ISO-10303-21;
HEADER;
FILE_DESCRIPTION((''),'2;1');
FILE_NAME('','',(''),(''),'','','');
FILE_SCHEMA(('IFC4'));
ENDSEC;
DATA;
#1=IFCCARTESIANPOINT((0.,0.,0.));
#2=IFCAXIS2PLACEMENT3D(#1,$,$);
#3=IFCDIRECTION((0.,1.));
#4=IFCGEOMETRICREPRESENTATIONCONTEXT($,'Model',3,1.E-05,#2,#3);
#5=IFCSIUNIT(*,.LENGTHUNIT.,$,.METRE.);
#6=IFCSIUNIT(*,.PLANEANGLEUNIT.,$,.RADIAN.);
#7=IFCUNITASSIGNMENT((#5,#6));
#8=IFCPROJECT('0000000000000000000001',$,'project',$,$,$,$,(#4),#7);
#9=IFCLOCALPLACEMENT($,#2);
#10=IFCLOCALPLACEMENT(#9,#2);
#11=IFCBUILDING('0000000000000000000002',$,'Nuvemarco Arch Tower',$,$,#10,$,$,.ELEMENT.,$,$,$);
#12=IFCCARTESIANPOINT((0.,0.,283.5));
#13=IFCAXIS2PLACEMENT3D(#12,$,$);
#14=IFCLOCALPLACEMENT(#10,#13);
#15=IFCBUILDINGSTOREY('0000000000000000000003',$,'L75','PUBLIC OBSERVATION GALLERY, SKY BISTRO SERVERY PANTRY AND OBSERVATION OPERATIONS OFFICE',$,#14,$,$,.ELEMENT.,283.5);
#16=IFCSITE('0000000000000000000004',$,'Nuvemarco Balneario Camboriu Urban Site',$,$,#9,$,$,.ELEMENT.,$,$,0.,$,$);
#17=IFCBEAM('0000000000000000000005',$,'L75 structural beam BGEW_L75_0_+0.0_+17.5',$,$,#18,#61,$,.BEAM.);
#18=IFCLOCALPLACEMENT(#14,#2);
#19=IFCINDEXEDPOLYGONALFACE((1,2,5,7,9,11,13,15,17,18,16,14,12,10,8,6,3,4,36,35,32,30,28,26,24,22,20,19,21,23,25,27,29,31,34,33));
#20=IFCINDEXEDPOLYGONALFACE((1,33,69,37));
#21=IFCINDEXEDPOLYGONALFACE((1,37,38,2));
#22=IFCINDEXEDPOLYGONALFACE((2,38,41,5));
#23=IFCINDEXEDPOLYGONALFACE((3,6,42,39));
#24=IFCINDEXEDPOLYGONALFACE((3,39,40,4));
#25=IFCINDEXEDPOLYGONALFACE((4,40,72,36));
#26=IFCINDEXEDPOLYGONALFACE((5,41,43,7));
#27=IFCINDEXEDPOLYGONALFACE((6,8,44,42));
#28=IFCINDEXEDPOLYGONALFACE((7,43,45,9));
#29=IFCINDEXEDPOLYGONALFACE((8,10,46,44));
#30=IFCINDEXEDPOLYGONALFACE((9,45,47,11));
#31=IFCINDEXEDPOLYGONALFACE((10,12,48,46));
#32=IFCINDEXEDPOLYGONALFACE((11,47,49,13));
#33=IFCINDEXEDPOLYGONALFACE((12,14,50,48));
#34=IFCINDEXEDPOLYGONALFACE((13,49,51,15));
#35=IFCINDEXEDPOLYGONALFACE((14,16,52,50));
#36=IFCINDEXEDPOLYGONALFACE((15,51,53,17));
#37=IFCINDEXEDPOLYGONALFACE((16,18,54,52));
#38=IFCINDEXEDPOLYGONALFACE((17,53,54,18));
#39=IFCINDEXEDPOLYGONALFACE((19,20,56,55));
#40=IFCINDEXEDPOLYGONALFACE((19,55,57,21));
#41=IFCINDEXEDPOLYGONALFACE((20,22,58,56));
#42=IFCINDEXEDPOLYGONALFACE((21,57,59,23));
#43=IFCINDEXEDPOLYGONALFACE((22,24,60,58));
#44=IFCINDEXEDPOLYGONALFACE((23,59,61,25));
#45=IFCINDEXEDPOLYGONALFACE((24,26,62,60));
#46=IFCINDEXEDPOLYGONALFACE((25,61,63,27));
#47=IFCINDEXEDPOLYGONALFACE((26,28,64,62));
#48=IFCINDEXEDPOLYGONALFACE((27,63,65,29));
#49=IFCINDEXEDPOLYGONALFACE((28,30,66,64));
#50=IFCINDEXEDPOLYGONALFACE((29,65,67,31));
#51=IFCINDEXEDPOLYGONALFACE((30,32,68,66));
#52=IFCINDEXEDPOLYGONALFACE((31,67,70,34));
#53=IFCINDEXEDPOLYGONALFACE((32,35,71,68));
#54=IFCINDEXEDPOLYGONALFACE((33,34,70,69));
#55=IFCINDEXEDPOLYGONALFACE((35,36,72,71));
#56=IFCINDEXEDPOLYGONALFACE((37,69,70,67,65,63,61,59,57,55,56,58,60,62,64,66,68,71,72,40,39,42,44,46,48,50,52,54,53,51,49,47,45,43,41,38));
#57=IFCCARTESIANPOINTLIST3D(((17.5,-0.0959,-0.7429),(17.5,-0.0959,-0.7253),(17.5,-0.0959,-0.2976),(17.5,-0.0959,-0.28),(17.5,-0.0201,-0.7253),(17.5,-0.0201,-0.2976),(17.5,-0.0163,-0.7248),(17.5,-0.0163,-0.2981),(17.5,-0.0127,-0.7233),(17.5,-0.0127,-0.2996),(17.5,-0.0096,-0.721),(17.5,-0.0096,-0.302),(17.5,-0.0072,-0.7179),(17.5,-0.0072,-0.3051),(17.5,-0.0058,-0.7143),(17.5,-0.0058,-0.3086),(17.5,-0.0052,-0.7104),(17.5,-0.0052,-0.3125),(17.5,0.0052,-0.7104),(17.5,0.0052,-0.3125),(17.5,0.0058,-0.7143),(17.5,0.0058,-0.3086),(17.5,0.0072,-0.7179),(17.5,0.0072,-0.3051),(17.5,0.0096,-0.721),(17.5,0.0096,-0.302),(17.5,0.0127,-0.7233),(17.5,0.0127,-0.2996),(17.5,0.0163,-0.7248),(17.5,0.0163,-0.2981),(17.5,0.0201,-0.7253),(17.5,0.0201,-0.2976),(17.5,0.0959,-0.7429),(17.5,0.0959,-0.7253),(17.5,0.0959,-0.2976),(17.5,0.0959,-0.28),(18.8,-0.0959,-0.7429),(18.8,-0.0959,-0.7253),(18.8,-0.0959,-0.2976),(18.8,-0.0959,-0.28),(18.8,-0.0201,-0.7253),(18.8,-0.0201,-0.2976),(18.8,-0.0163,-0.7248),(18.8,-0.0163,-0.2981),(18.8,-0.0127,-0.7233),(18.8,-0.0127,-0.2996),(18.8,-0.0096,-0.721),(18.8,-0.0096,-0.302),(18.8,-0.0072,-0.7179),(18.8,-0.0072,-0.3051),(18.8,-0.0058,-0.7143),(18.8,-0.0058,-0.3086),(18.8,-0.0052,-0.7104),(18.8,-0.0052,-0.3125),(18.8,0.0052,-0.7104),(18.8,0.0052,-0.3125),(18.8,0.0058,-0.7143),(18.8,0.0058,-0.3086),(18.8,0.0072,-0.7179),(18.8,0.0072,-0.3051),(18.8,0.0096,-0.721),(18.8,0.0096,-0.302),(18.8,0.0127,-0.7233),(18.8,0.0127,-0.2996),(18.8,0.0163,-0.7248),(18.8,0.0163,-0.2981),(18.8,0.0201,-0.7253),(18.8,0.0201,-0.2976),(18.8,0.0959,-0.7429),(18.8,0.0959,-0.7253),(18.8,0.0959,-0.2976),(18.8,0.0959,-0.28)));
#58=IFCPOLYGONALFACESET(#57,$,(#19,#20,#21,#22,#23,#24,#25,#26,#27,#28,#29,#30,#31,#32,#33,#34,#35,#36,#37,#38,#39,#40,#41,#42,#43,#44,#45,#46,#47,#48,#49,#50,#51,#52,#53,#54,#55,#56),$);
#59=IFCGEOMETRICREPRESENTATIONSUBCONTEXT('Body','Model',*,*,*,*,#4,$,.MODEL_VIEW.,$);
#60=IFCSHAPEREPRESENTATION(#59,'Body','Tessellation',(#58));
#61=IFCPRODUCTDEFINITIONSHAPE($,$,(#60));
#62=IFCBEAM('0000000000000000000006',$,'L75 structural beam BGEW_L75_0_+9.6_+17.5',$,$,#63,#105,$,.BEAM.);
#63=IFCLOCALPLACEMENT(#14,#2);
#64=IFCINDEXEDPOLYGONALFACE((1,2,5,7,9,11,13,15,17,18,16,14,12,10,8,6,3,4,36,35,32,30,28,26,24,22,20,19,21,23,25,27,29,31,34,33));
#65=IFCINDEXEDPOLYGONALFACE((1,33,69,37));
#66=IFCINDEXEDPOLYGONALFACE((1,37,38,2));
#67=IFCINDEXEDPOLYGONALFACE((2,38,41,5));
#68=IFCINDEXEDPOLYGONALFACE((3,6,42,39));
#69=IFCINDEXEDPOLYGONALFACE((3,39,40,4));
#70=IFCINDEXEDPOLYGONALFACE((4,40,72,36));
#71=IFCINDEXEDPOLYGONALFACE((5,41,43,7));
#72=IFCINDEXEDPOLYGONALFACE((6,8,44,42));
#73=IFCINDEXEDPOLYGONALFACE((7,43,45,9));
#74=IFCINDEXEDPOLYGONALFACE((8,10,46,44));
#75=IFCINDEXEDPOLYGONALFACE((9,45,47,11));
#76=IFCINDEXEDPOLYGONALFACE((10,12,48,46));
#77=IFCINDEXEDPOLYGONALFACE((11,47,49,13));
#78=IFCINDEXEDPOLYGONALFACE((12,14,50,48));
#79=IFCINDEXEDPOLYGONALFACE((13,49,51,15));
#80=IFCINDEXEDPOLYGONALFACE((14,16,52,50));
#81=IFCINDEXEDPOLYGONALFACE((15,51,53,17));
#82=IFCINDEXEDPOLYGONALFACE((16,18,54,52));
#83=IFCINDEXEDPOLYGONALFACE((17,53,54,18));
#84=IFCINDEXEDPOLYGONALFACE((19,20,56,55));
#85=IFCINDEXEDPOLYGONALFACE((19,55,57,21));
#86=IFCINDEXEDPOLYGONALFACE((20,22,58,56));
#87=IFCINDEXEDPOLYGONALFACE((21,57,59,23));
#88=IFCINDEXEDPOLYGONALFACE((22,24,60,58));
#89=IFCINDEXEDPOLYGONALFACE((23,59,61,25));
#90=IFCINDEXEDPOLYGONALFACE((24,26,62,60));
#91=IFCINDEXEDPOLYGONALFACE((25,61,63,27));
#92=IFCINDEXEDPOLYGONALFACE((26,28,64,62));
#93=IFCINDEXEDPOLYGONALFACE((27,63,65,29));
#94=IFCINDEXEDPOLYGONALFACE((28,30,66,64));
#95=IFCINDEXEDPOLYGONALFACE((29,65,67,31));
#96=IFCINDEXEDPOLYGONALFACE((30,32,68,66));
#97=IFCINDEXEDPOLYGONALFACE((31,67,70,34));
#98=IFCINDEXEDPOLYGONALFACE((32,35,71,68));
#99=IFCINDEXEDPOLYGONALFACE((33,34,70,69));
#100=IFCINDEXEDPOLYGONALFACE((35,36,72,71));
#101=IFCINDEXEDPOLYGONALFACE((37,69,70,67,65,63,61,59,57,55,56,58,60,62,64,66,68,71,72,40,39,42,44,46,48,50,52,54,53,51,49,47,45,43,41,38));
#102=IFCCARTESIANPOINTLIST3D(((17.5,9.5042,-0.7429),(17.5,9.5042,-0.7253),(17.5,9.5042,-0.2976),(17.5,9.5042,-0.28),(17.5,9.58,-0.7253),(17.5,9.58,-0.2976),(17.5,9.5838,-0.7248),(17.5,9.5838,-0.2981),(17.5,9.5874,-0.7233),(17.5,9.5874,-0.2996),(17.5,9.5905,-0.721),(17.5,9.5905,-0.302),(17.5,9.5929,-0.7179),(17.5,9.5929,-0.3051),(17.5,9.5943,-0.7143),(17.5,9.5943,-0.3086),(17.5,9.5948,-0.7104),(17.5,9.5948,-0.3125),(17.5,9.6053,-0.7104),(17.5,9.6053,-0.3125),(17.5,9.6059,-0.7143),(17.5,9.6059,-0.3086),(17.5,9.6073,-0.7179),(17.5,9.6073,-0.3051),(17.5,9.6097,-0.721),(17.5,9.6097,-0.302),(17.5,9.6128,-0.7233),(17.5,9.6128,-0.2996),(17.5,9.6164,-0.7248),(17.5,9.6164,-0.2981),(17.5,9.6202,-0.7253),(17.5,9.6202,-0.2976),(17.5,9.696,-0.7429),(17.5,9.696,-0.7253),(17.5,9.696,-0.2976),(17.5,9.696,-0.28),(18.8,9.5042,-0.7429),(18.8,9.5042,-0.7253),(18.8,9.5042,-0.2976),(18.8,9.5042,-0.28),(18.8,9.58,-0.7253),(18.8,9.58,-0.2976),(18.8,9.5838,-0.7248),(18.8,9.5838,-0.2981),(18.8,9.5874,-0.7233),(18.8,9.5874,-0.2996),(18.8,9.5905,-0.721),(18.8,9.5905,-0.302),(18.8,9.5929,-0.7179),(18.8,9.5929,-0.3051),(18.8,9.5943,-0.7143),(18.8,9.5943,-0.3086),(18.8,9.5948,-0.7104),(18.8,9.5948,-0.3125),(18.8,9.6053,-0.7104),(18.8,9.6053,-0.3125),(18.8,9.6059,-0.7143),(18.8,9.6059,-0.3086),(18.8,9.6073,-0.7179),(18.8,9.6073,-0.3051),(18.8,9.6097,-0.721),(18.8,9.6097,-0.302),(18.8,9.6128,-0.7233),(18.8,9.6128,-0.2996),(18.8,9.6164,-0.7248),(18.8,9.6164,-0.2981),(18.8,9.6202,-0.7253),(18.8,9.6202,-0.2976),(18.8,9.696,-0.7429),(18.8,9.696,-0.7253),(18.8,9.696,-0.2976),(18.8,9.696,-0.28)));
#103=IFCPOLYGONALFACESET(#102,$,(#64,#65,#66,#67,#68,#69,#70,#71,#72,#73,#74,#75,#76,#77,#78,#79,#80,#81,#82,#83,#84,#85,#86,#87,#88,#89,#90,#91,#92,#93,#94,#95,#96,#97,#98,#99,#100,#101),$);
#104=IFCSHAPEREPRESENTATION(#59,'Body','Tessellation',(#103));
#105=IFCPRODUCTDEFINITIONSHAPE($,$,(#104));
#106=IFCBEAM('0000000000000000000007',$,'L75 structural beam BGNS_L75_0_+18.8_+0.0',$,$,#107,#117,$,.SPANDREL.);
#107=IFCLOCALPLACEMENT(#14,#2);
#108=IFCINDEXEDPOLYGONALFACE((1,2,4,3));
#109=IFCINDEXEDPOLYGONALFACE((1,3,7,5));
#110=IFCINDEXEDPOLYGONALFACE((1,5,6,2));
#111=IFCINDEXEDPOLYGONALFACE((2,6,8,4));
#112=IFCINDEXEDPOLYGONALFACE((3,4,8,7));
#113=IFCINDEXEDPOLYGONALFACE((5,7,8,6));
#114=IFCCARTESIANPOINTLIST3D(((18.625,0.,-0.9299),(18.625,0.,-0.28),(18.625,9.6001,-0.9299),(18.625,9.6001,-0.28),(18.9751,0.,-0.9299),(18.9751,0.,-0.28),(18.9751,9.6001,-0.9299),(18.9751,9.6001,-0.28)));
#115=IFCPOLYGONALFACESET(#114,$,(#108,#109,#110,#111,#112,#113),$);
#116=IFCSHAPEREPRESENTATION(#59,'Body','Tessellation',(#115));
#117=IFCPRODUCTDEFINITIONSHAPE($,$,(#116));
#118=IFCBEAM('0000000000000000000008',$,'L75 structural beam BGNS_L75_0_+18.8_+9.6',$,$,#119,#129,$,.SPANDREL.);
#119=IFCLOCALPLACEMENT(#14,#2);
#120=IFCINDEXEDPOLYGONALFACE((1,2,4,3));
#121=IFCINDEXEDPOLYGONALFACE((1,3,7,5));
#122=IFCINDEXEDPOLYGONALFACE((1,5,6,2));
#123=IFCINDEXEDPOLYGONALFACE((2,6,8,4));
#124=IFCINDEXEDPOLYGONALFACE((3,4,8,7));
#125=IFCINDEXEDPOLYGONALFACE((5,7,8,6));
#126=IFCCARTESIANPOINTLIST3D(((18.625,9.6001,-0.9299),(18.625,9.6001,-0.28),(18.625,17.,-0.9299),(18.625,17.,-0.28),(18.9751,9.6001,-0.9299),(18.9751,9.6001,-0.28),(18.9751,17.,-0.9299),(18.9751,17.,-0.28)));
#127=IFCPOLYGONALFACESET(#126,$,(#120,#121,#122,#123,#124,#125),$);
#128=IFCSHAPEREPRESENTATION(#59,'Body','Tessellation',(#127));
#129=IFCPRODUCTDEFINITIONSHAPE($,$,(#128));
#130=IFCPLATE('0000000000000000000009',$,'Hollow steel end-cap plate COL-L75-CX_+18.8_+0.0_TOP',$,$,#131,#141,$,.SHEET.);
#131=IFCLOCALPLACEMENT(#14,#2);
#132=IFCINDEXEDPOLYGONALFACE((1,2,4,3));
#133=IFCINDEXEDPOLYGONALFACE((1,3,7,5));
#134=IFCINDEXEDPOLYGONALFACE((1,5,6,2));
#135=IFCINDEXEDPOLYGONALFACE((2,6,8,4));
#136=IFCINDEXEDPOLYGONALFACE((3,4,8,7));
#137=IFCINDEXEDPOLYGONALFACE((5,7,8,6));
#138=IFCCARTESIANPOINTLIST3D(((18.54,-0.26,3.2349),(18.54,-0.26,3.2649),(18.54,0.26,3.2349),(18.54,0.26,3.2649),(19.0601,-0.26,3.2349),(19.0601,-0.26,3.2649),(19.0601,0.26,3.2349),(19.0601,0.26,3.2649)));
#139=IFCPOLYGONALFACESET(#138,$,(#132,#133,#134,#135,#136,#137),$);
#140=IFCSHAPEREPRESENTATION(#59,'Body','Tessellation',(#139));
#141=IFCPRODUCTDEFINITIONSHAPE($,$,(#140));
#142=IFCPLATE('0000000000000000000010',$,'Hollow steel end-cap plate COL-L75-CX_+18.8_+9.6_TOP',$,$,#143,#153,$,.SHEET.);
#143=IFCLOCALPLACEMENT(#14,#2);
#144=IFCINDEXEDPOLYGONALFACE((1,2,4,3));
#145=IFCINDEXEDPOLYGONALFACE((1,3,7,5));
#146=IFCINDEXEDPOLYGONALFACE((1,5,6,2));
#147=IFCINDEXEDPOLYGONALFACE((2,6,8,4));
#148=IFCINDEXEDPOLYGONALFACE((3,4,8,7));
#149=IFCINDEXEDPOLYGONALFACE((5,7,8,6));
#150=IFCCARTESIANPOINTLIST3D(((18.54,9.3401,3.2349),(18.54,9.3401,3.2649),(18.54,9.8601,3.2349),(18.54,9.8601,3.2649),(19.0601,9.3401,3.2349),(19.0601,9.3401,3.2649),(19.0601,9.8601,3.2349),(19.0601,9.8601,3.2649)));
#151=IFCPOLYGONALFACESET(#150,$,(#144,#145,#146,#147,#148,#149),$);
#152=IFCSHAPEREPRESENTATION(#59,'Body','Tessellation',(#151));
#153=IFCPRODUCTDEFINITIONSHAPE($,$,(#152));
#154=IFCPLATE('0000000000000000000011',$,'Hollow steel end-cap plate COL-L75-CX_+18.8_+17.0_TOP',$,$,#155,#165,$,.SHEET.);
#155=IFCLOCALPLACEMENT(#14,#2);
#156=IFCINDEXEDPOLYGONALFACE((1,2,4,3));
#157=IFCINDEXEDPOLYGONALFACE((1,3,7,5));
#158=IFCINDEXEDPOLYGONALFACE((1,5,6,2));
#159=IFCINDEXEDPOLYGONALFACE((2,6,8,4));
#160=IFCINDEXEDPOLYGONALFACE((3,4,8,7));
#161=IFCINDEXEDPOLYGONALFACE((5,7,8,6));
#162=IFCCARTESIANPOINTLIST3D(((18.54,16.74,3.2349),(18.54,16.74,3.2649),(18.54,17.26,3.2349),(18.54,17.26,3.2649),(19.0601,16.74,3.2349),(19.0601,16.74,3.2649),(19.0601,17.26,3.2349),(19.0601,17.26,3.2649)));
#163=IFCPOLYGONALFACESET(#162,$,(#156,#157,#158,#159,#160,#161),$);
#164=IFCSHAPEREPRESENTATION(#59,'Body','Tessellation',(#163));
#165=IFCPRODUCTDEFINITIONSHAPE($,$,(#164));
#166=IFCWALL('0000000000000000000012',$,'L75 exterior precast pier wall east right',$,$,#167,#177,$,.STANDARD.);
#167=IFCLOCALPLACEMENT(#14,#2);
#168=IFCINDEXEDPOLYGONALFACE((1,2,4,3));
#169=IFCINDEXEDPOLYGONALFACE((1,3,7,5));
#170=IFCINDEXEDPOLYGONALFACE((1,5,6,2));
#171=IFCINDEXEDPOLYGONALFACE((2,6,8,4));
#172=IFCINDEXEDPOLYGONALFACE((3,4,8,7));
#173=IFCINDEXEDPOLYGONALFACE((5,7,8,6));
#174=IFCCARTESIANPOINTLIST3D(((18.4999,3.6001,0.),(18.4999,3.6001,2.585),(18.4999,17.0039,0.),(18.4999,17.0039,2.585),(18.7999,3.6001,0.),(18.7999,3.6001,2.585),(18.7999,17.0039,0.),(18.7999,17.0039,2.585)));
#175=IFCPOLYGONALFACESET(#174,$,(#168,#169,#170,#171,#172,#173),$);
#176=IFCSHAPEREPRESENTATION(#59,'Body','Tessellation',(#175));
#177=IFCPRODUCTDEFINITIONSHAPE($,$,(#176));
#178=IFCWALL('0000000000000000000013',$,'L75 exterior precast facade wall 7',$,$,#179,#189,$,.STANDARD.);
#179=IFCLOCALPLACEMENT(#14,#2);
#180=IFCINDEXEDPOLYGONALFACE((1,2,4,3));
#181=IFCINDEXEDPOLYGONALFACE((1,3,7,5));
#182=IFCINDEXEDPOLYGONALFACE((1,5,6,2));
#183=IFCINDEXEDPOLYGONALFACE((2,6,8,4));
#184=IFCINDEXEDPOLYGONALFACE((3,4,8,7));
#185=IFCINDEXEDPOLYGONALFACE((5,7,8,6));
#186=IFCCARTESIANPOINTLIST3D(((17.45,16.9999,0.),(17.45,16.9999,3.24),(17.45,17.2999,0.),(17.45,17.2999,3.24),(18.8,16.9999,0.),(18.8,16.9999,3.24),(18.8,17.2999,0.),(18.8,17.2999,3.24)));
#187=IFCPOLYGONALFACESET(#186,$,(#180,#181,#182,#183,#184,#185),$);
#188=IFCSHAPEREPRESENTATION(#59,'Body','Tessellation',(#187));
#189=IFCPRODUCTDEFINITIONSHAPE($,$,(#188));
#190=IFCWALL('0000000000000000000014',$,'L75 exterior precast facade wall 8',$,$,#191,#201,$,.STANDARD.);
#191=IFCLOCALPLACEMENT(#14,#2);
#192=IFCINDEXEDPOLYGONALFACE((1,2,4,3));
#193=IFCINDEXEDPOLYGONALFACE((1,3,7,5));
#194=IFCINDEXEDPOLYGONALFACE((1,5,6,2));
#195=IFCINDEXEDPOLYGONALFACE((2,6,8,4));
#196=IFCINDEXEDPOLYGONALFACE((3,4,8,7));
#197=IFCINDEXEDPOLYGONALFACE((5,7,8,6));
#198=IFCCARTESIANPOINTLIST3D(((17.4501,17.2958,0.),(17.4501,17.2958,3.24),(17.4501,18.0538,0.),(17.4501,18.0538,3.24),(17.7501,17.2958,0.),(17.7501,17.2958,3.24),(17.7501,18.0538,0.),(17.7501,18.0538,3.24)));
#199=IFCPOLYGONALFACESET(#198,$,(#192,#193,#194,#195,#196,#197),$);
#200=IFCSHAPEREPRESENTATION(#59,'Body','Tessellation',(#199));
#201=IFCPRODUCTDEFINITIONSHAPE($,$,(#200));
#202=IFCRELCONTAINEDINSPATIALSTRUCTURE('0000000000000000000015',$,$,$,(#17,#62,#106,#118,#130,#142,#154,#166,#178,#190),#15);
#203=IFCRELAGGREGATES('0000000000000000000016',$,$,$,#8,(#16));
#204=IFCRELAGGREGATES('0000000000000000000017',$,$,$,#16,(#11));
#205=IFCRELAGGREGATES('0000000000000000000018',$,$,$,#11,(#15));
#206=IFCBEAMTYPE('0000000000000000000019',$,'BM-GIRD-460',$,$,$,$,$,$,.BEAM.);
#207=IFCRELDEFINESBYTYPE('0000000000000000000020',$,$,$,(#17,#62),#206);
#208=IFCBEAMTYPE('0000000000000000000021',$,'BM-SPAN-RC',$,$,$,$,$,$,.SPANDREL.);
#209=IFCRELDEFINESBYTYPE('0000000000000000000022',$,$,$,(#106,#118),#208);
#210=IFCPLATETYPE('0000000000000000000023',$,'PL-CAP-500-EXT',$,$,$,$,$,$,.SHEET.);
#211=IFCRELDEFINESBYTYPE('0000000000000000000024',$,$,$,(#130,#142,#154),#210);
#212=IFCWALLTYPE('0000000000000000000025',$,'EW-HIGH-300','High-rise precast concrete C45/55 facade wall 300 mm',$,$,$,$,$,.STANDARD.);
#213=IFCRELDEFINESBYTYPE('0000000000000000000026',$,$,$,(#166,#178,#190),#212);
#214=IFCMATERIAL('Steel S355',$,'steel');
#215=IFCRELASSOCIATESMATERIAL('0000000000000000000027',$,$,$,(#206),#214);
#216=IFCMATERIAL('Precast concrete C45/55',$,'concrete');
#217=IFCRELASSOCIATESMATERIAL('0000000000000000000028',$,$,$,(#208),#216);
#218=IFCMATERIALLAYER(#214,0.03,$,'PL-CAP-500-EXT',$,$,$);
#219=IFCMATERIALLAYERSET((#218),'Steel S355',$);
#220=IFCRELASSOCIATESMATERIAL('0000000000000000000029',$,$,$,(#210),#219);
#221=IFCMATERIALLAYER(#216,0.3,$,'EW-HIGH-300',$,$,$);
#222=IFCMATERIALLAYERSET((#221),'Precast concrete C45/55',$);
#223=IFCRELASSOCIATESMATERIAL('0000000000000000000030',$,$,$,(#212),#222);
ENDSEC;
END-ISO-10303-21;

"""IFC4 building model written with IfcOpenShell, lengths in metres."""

from ifc_helpers import new_model, si_unit, direction, frame, frame_2d, origin, origin_2d, place, context, subcontext, project, spatial, rectangle, i_section, extrude, source, transform, mapped, material, layer, layer_set, material_profile, profile_set, type_object, type_shapes, element, save


model = new_model("IFC4")

# Units and contexts
model_context = context("Model", 3, precision=1e-05, world=origin(), true_north=direction((0.0, 1.0)))
body_context = subcontext(model_context, "Body", "Model", "MODEL_VIEW")
ifc_project = project(units=[si_unit("LENGTHUNIT", "METRE"), si_unit("PLANEANGLEUNIT", "RADIAN")], contexts=[model_context])

# Site, building, storey
site_placement = place(None, origin())
site = spatial("IfcSite", under=ifc_project, at=site_placement, Name="Nuvemarco Balneario Camboriu Urban Site", CompositionType="ELEMENT", RefElevation=0.0)
building_placement = place(site_placement, origin())
building = spatial("IfcBuilding", under=site, at=building_placement, Name="Nuvemarco Arch Tower", CompositionType="ELEMENT")
storey_placement = place(building_placement, frame((0.0, 0.0, 283.5)))
storey = spatial("IfcBuildingStorey", under=building, at=storey_placement, Name="L75", Description="PUBLIC OBSERVATION GALLERY, SKY BISTRO SERVERY PANTRY AND OBSERVATION OPERATIONS OFFICE", CompositionType="ELEMENT", Elevation=283.5)

# Shared definitions
ifc_material_1 = material(Name="Steel S355", Category="steel")

# Beams
ifc_material_profile_1 = material_profile(ifc_material_1, i_section(OverallWidth=0.1919, OverallDepth=0.4629, WebThickness=0.0105, FlangeThickness=0.0176, FilletRadius=0.0149, at=origin_2d()), Name="W460x89")
ifc_profile_set_1 = profile_set([ifc_material_profile_1], Name="Steel S355")
beam_type_1 = type_object("IfcBeamType", Name="BM-GIRD-460", PredefinedType="BEAM", material=ifc_profile_set_1)
for number, where, z_axis, x_axis, name in (
    (1, (17.5, 0.0, -0.5115), (1.0, 0.0, 0.0), (0.0, 1.0, 0.0), "L75 structural beam BGEW_L75_0_+0.0_+17.5"),
    (2, (17.5, 9.6001, -0.5115), (1.0, 0.0, 0.0), (0.0, 1.0, 0.0), "L75 structural beam BGEW_L75_0_+9.6_+17.5"),
):
    element("IfcBeam", number, at=place(storey_placement, frame(where, z_axis=z_axis, x_axis=x_axis)), inside=storey, type_object=beam_type_1, Name=name, PredefinedType="BEAM", context=body_context, shape_type="SweptSolid", body=[
        extrude(i_section(OverallWidth=0.1919, OverallDepth=0.4629, WebThickness=0.0105, FlangeThickness=0.0176, FilletRadius=0.0149, at=origin_2d()), origin(), (0.0, 0.0, 1.0), 1.3),
    ])
ifc_material_2 = material(Name="Precast concrete C45/55", Category="concrete")
ifc_material_profile_2 = material_profile(ifc_material_2, rectangle(XDim=0.3501, YDim=0.6499, at=origin_2d()), Name="PC-SP-350x650")
ifc_profile_set_2 = profile_set([ifc_material_profile_2], Name="Precast concrete C45/55")
beam_type_2 = type_object("IfcBeamType", Name="BM-SPAN-RC", PredefinedType="SPANDREL", material=ifc_profile_set_2)
beam_1_placement = place(storey_placement, frame((18.8, 0.0, -0.605), z_axis=(0.0, 1.0, 0.0), x_axis=(-1.0, 0.0, 0.0)))
element("IfcBeam", 3, at=beam_1_placement, inside=storey, type_object=beam_type_2, Name="L75 structural beam BGNS_L75_0_+18.8_+0.0", PredefinedType="SPANDREL", context=body_context, shape_type="SweptSolid", body=[
    extrude(rectangle(XDim=0.3501, YDim=0.6499, at=origin_2d()), origin(), (0.0, 0.0, 1.0), 9.6001),
])
beam_2_placement = place(storey_placement, frame((18.8, 9.6001, -0.605), z_axis=(0.0, 1.0, 0.0), x_axis=(-1.0, 0.0, 0.0)))
element("IfcBeam", 4, at=beam_2_placement, inside=storey, type_object=beam_type_2, Name="L75 structural beam BGNS_L75_0_+18.8_+9.6", PredefinedType="SPANDREL", context=body_context, shape_type="SweptSolid", body=[
    extrude(rectangle(XDim=0.3501, YDim=0.6499, at=origin_2d()), origin(), (0.0, 0.0, 1.0), 7.3999),
])

# Plates
ifc_layer_1 = layer(ifc_material_1, 0.03, Name="PL-CAP-500-EXT")
ifc_layer_set_1 = layer_set([ifc_layer_1], Name="Steel S355")
plate_type = type_object("IfcPlateType", Name="PL-CAP-500-EXT", PredefinedType="SHEET", material=ifc_layer_set_1)
shared_shape_1 = source(origin(), body_context, "Body", "SweptSolid", [
    extrude(rectangle(XDim=0.52, YDim=0.52, at=origin_2d()), origin(), (0.0, 0.0, 1.0), 0.03),
])
type_shapes(plate_type, [shared_shape_1])
for number, where, z_axis, x_axis, name in (
    (5, (18.8, 0.0, 3.2349), (0.0, 0.0, 1.0), (1.0, 0.0, 0.0), "Hollow steel end-cap plate COL-L75-CX_+18.8_+0.0_TOP"),
    (6, (18.8, 9.6001, 3.2349), (0.0, 0.0, 1.0), (1.0, 0.0, 0.0), "Hollow steel end-cap plate COL-L75-CX_+18.8_+9.6_TOP"),
    (7, (18.8, 17.0, 3.2349), (0.0, 0.0, 1.0), (1.0, 0.0, 0.0), "Hollow steel end-cap plate COL-L75-CX_+18.8_+17.0_TOP"),
):
    element("IfcPlate", number, at=place(storey_placement, frame(where, z_axis=z_axis, x_axis=x_axis)), inside=storey, type_object=plate_type, Name=name, PredefinedType="SHEET", context=body_context, shape_type="MappedRepresentation", body=[
        mapped(shared_shape_1, transform((0.0, 0.0, 0.0), scale=1.0)),
    ])

# Walls
ifc_layer_2 = layer(ifc_material_2, 0.3, Name="EW-HIGH-300")
ifc_layer_set_2 = layer_set([ifc_layer_2], Name="Precast concrete C45/55")
wall_type_1 = type_object("IfcWallType", Name="EW-HIGH-300", Description="High-rise precast concrete C45/55 facade wall 300 mm", PredefinedType="STANDARD", material=ifc_layer_set_2)
wall_1_placement = place(storey_placement, frame((18.6499, 3.6001, 0.0), z_axis=(0.0, 0.0, 1.0), x_axis=(0.0, 1.0, 0.0)))
element("IfcWall", 8, at=wall_1_placement, inside=storey, type_object=wall_type_1, Name="L75 exterior precast pier wall east right", PredefinedType="STANDARD", context=body_context, shape_type="SweptSolid", body=[
    extrude(rectangle(XDim=13.4038, YDim=0.3, at=frame_2d((6.7019, 0.0))), origin(), (0.0, 0.0, 1.0), 2.585),
])
wall_2_placement = place(storey_placement, frame((17.45, 17.1499, 0.0), z_axis=(0.0, 0.0, 1.0), x_axis=(1.0, 0.0, 0.0)))
element("IfcWall", 9, at=wall_2_placement, inside=storey, type_object=wall_type_1, Name="L75 exterior precast facade wall 7", PredefinedType="STANDARD", context=body_context, shape_type="SweptSolid", body=[
    extrude(rectangle(XDim=1.3501, YDim=0.3, at=frame_2d((0.675, 0.0))), origin(), (0.0, 0.0, 1.0), 3.24),
])
wall_3_placement = place(storey_placement, frame((17.6001, 17.2959, 0.0), z_axis=(0.0, 0.0, 1.0), x_axis=(0.0, 1.0, 0.0)))
element("IfcWall", 10, at=wall_3_placement, inside=storey, type_object=wall_type_1, Name="L75 exterior precast facade wall 8", PredefinedType="STANDARD", context=body_context, shape_type="SweptSolid", body=[
    extrude(rectangle(XDim=0.7581, YDim=0.3, at=frame_2d((0.3789, 0.0))), origin(), (0.0, 0.0, 1.0), 3.24),
])

save(model, "model.ifc")
